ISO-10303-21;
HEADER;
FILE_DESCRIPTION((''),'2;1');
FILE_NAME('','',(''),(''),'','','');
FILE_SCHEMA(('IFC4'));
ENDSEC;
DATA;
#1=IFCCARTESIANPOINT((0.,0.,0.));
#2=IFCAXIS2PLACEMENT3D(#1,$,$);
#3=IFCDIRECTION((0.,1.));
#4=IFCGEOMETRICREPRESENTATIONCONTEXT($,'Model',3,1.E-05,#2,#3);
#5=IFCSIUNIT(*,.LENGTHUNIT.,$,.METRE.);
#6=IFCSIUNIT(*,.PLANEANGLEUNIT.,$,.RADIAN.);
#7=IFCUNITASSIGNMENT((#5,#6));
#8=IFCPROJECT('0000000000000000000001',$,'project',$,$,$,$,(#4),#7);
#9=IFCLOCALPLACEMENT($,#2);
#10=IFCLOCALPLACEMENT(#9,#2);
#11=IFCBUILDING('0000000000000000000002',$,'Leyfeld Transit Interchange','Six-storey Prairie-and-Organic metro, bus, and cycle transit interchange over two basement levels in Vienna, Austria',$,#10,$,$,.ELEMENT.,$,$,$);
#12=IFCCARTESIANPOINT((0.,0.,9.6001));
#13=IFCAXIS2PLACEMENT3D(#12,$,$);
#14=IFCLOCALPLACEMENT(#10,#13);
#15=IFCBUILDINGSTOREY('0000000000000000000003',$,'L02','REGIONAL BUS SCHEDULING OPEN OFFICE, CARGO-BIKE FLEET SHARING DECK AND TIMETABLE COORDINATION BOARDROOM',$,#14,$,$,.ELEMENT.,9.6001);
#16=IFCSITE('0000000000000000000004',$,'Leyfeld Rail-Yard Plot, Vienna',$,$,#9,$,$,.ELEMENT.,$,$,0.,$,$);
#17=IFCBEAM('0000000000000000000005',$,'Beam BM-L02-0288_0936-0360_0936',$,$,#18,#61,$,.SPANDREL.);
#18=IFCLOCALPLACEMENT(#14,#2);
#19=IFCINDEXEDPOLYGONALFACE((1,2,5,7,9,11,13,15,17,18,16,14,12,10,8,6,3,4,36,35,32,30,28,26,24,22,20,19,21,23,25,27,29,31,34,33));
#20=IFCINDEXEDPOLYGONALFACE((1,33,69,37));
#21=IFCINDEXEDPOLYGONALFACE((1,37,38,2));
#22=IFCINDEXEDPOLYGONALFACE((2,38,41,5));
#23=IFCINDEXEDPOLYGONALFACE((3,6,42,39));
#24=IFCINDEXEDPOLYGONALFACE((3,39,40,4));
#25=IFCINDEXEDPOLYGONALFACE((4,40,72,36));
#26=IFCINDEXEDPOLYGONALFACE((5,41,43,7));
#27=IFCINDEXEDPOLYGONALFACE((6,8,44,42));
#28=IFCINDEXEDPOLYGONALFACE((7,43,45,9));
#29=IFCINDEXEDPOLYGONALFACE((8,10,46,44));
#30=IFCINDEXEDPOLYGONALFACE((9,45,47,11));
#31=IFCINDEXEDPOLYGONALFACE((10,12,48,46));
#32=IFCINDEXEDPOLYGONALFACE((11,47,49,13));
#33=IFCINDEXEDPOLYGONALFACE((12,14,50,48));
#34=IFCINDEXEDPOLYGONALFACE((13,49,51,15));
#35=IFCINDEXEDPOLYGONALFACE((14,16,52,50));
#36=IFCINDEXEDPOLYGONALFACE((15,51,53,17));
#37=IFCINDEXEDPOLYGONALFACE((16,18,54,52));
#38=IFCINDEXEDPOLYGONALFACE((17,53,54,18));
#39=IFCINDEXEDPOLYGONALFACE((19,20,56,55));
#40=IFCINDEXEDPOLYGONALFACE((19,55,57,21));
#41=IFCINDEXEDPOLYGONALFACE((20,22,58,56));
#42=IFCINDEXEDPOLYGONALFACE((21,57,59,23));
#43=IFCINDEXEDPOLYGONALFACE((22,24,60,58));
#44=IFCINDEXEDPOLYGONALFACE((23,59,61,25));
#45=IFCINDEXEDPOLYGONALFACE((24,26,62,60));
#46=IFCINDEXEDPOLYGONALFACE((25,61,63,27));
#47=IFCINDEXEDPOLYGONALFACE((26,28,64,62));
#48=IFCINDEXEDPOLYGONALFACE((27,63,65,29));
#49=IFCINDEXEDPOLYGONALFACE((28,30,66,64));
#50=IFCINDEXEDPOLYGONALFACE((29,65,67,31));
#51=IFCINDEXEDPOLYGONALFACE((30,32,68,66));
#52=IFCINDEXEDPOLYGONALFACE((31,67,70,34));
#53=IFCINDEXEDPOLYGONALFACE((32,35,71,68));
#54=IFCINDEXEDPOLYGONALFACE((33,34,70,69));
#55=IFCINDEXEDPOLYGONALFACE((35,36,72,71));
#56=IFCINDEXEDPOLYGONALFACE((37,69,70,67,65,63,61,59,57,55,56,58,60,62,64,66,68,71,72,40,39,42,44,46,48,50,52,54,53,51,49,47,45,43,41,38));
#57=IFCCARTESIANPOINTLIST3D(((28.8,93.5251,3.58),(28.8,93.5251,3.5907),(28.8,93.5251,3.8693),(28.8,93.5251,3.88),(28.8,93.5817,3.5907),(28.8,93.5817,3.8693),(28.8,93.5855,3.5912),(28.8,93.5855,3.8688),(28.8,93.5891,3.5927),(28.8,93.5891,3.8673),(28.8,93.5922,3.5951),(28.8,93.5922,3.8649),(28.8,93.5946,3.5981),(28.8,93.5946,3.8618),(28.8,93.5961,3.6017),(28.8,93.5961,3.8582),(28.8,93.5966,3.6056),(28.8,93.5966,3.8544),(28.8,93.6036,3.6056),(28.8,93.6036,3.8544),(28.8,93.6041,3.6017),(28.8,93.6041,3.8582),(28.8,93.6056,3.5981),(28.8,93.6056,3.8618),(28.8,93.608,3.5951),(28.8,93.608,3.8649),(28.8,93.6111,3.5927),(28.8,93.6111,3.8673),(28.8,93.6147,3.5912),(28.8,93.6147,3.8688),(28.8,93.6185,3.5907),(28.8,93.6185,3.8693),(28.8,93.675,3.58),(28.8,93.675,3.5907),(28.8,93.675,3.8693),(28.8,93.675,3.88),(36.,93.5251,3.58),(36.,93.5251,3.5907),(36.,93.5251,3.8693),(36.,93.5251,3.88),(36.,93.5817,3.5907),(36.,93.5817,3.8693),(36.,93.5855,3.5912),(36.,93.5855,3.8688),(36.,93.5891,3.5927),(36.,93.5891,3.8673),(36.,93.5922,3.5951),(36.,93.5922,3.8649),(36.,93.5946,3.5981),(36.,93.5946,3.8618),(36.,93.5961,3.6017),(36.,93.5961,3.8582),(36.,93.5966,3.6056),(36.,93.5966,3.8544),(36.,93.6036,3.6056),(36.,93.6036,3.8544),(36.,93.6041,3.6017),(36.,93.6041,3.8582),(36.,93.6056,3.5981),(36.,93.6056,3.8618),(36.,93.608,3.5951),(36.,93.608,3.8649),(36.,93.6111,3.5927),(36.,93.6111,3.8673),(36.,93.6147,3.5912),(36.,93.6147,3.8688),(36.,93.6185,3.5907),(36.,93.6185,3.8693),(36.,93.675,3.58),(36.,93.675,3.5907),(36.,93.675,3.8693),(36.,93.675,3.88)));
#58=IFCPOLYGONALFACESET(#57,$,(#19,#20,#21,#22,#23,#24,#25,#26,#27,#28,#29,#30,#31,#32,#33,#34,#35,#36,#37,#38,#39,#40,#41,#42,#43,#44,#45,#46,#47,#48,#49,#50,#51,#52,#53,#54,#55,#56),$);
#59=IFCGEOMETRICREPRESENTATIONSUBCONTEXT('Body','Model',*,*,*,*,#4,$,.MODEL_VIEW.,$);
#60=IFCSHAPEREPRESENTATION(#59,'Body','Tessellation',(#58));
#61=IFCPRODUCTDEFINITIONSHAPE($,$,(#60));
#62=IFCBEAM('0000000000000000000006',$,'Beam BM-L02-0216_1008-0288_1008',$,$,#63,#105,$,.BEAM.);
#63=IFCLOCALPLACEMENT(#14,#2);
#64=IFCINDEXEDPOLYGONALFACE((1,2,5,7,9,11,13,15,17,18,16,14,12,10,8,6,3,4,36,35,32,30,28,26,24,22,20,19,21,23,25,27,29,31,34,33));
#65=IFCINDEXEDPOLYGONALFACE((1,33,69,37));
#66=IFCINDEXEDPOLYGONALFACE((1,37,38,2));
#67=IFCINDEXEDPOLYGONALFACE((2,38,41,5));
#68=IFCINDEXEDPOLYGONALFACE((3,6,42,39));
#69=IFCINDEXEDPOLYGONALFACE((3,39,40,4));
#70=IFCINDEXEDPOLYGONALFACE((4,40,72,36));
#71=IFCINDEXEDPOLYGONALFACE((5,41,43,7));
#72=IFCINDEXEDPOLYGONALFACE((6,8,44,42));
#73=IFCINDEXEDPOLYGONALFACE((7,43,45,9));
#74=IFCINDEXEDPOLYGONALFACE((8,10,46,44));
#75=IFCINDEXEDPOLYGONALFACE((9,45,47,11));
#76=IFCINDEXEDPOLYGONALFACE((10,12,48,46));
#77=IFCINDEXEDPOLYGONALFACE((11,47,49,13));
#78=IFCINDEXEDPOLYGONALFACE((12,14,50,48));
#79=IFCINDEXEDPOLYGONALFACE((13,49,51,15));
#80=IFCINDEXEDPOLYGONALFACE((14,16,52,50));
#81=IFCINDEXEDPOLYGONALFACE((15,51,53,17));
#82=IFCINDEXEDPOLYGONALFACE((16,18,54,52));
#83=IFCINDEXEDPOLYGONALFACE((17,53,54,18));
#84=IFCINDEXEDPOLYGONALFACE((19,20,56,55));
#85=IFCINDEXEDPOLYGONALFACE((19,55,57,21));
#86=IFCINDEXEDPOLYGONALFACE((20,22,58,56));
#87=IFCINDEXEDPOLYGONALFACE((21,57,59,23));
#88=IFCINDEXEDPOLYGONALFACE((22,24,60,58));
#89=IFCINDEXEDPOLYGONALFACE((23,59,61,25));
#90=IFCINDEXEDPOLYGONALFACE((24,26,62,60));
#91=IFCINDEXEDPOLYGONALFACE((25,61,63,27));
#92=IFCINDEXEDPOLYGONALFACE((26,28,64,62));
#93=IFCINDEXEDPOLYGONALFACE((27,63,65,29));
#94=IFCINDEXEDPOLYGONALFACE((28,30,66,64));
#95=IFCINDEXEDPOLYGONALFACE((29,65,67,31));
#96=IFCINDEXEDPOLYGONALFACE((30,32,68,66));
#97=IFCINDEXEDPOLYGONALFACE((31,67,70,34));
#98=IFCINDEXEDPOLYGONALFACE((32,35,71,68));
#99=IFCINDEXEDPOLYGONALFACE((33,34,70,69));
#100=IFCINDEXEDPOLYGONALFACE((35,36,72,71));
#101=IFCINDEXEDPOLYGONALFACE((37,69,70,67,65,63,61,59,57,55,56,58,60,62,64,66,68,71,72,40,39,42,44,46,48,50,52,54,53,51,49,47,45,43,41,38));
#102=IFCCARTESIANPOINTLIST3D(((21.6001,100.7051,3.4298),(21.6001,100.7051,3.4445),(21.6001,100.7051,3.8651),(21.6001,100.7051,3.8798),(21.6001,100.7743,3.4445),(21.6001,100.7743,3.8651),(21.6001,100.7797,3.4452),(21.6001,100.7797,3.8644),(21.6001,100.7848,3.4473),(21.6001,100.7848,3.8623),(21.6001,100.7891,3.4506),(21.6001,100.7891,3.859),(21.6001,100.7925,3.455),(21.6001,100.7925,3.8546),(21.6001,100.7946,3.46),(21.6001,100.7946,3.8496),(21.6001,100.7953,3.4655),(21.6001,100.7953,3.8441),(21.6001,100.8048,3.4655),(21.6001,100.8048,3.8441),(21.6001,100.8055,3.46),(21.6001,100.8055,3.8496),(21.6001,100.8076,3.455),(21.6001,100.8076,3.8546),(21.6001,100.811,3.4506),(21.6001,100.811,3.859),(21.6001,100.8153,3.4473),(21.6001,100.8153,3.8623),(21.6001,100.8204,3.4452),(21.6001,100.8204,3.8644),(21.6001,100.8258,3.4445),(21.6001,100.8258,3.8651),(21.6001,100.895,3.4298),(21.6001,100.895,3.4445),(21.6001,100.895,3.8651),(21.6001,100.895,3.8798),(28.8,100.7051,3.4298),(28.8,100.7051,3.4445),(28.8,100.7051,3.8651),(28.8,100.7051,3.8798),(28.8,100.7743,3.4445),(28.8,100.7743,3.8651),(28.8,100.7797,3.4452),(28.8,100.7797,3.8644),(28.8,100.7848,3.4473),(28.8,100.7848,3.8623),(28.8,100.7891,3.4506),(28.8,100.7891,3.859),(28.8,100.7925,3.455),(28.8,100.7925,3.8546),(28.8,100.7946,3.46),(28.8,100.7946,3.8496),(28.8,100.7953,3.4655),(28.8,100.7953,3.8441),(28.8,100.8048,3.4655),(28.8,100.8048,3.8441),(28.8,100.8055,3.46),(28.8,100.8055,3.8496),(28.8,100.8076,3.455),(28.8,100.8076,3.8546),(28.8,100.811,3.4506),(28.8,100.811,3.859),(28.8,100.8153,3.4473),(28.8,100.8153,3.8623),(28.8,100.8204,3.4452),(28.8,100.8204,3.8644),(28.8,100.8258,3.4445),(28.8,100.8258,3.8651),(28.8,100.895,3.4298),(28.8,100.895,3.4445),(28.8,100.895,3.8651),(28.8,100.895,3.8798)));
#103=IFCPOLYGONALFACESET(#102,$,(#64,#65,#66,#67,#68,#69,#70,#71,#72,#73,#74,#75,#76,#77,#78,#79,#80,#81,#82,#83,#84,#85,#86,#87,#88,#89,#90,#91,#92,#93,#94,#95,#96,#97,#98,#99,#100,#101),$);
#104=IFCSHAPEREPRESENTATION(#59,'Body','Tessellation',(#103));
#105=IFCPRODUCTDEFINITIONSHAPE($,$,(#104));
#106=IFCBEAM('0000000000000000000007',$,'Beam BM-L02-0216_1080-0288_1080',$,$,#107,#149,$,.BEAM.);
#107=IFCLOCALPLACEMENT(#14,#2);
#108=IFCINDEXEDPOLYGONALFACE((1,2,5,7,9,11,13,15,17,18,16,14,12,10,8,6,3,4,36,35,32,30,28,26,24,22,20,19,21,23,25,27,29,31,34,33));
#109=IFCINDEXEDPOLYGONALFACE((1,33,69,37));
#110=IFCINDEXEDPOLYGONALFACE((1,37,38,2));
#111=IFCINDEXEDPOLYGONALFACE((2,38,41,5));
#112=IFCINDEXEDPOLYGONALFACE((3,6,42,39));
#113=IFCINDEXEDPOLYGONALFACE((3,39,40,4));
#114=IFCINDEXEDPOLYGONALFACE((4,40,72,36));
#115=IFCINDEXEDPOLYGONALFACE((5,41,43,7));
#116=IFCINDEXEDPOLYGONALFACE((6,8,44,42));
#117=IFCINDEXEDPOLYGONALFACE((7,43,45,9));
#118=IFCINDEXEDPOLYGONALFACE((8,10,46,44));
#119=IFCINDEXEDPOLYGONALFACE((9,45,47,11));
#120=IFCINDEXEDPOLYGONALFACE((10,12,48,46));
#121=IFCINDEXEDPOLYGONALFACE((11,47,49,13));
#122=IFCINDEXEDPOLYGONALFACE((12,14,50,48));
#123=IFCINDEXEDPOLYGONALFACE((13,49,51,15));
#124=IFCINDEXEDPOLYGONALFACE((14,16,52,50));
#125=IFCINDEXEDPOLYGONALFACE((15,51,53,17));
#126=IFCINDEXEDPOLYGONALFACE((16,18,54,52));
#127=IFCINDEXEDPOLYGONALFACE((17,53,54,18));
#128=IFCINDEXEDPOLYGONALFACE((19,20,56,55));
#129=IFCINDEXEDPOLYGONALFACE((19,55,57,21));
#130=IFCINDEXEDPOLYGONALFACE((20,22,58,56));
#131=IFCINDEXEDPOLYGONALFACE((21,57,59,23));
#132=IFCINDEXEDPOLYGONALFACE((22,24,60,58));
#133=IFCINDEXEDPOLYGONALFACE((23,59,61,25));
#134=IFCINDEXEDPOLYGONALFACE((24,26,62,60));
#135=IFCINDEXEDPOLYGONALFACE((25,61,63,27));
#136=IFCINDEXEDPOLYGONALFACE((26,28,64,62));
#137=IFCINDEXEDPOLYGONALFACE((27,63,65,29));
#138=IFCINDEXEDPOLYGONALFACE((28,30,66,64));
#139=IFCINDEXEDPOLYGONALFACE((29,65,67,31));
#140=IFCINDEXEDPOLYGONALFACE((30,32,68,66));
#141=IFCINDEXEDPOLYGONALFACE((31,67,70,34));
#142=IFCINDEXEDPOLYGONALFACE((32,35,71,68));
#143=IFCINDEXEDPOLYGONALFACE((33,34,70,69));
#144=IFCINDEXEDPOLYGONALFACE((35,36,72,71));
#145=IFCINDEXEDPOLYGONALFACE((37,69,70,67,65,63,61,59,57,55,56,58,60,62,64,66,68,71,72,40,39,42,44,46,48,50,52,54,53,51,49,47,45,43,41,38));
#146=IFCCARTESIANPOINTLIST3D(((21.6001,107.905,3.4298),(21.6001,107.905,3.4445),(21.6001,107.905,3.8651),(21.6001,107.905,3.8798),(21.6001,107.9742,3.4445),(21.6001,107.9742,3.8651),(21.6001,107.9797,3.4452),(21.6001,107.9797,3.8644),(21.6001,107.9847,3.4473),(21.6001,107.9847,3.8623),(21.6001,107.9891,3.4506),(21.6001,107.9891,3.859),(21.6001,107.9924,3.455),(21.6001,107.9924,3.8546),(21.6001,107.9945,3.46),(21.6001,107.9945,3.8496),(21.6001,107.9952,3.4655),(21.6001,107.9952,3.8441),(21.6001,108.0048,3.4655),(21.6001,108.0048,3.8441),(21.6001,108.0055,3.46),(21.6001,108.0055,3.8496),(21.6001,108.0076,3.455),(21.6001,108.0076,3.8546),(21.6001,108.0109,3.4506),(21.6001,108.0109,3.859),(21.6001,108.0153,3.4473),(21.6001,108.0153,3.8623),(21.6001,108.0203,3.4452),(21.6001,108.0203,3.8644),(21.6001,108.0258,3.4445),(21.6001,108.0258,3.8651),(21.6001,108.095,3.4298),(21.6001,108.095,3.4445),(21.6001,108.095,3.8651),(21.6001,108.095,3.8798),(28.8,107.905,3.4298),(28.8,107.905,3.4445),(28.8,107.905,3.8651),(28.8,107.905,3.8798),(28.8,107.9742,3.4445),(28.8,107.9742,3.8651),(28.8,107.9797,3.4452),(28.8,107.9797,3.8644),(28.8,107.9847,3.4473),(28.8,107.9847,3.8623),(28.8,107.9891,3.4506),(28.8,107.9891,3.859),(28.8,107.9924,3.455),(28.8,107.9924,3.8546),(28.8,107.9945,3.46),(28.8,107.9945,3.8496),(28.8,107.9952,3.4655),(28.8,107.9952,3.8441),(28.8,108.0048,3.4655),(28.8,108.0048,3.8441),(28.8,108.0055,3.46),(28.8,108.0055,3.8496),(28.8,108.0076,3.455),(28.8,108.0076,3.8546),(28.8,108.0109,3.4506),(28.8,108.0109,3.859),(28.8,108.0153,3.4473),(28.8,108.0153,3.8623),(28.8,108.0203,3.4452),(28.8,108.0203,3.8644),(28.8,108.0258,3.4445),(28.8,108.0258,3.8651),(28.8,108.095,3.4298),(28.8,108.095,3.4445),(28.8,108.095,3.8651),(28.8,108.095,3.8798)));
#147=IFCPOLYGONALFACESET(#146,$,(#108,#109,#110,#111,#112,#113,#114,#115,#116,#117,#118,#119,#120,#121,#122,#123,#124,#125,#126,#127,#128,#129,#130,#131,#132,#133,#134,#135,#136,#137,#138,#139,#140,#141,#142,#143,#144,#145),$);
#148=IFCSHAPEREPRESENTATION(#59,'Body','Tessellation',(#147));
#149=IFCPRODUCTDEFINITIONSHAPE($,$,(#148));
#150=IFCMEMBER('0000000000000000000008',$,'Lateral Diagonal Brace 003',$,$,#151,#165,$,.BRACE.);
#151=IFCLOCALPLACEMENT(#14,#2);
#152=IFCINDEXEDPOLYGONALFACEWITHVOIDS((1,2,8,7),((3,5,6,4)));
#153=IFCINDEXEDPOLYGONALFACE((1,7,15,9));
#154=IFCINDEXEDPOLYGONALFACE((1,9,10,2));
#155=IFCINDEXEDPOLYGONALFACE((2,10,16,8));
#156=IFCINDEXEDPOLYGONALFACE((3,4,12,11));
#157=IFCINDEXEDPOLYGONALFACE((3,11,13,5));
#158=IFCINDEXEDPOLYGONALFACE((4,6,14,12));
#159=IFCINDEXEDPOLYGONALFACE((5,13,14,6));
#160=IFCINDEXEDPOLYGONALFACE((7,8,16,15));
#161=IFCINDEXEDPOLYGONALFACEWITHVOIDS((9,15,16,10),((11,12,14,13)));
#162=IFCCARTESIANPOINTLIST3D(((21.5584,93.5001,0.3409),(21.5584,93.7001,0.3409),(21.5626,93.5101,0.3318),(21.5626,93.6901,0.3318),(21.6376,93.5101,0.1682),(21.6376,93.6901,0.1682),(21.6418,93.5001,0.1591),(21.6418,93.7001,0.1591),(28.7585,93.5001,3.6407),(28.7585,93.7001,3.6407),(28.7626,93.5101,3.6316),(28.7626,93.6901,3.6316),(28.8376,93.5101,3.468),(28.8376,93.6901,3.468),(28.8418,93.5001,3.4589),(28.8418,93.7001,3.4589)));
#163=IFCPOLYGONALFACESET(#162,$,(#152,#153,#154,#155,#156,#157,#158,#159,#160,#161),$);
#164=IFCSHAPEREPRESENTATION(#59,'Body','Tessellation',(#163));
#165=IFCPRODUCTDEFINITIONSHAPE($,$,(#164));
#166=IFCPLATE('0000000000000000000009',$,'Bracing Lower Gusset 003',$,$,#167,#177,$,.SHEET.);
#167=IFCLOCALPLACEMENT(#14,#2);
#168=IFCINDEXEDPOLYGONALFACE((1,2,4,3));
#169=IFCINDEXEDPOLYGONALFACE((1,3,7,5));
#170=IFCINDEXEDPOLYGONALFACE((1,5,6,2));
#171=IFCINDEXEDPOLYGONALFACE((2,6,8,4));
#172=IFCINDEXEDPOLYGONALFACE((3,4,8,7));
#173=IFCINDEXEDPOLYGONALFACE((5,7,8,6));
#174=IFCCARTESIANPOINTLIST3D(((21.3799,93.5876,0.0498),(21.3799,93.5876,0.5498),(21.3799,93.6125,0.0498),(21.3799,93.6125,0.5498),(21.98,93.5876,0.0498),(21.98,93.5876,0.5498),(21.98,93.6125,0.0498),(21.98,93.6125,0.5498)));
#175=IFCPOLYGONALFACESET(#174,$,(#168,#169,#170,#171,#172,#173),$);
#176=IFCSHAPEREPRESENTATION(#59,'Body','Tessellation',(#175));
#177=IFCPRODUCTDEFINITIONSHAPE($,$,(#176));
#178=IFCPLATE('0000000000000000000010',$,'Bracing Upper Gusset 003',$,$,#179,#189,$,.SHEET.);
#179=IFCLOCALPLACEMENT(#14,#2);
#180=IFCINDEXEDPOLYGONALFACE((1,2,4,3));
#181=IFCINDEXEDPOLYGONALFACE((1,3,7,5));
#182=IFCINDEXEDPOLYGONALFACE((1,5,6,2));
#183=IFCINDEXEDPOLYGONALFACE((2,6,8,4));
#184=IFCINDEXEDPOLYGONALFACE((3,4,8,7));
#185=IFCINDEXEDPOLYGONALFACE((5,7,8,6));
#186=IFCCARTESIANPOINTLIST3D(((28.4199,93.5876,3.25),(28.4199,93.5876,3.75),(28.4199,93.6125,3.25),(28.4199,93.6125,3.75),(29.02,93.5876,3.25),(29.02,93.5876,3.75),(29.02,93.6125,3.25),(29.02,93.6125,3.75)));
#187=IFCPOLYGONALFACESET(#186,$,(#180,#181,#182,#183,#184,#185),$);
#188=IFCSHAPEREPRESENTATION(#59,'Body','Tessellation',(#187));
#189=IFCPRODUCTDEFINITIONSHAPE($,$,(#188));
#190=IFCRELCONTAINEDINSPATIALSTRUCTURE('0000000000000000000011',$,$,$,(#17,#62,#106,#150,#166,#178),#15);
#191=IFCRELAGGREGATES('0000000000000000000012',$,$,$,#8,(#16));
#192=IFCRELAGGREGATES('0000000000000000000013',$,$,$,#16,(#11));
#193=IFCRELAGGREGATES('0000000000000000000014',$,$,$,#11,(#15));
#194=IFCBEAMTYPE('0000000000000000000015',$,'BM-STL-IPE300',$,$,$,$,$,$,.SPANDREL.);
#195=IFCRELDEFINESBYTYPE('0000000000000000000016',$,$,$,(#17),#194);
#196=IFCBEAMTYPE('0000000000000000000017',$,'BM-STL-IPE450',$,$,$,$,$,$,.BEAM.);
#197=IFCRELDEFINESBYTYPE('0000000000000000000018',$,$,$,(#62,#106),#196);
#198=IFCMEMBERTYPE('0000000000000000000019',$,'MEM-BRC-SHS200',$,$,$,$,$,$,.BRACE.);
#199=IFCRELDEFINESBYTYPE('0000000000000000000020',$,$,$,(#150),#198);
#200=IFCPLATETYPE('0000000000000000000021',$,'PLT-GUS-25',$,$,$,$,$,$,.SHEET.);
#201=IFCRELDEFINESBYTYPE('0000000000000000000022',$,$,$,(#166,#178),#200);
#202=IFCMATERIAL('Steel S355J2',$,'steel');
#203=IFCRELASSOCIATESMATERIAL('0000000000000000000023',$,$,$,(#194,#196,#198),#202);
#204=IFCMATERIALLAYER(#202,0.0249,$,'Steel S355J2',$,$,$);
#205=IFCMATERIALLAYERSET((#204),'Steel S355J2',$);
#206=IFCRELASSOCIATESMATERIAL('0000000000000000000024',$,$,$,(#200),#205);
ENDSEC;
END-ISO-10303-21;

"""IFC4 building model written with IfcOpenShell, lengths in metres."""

from ifc_helpers import new_model, si_unit, direction, frame, origin, origin_2d, place, context, subcontext, project, spatial, rectangle, hollow_rectangle, i_section, extrude, material, layer, layer_set, material_profile, profile_set, type_object, element, save


model = new_model("IFC4")

# Units and contexts
model_context = context("Model", 3, precision=1e-05, world=origin(), true_north=direction((0.0, 1.0)))
body_context = subcontext(model_context, "Body", "Model", "MODEL_VIEW")
ifc_project = project(units=[si_unit("LENGTHUNIT", "METRE"), si_unit("PLANEANGLEUNIT", "RADIAN")], contexts=[model_context])

# Site, building, storey
site_placement = place(None, origin())
site = spatial("IfcSite", under=ifc_project, at=site_placement, Name="Leyfeld Rail-Yard Plot, Vienna", CompositionType="ELEMENT", RefElevation=0.0)
building_placement = place(site_placement, origin())
building = spatial("IfcBuilding", under=site, at=building_placement, Name="Leyfeld Transit Interchange", Description="Six-storey Prairie-and-Organic metro, bus, and cycle transit interchange over two basement levels in Vienna, Austria", CompositionType="ELEMENT")
storey_placement = place(building_placement, frame((0.0, 0.0, 9.6001)))
storey = spatial("IfcBuildingStorey", under=building, at=storey_placement, Name="L02", Description="REGIONAL BUS SCHEDULING OPEN OFFICE, CARGO-BIKE FLEET SHARING DECK AND TIMETABLE COORDINATION BOARDROOM", CompositionType="ELEMENT", Elevation=9.6001)

# Beams
ifc_material_1 = material(Name="Steel S355J2", Category="steel")
ifc_material_profile_1 = material_profile(ifc_material_1, i_section(OverallWidth=0.1499, OverallDepth=0.3, WebThickness=0.0071, FlangeThickness=0.0107, FilletRadius=0.0149, at=origin_2d()), Name="IPE 300")
ifc_profile_set_1 = profile_set([ifc_material_profile_1], Name="Steel S355J2")
beam_type_1 = type_object("IfcBeamType", Name="BM-STL-IPE300", PredefinedType="SPANDREL", material=ifc_profile_set_1)
for number, where, z_axis, x_axis, name in (
    (1, (28.8, 93.6001, 3.73), (1.0, 0.0, 0.0), (0.0, 1.0, 0.0), "Beam BM-L02-0288_0936-0360_0936"),
):
    element("IfcBeam", number, at=place(storey_placement, frame(where, z_axis=z_axis, x_axis=x_axis)), inside=storey, type_object=beam_type_1, Name=name, PredefinedType="SPANDREL", context=body_context, shape_type="SweptSolid", body=[
        extrude(i_section(OverallWidth=0.1499, OverallDepth=0.3, WebThickness=0.0071, FlangeThickness=0.0107, FilletRadius=0.0149, at=origin_2d()), origin(), (0.0, 0.0, 1.0), 7.2),
    ])
ifc_material_profile_2 = material_profile(ifc_material_1, i_section(OverallWidth=0.1899, OverallDepth=0.45, WebThickness=0.0095, FlangeThickness=0.0146, FilletRadius=0.021, at=origin_2d()), Name="IPE 450")
ifc_profile_set_2 = profile_set([ifc_material_profile_2], Name="Steel S355J2")
beam_type_2 = type_object("IfcBeamType", Name="BM-STL-IPE450", PredefinedType="BEAM", material=ifc_profile_set_2)
for number, where, z_axis, x_axis, name in (
    (2, (21.6001, 100.8, 3.6548), (1.0, 0.0, 0.0), (0.0, 1.0, 0.0), "Beam BM-L02-0216_1008-0288_1008"),
    (3, (21.6001, 108.0, 3.6548), (1.0, 0.0, 0.0), (0.0, 1.0, 0.0), "Beam BM-L02-0216_1080-0288_1080"),
):
    element("IfcBeam", number, at=place(storey_placement, frame(where, z_axis=z_axis, x_axis=x_axis)), inside=storey, type_object=beam_type_2, Name=name, PredefinedType="BEAM", context=body_context, shape_type="SweptSolid", body=[
        extrude(i_section(OverallWidth=0.1899, OverallDepth=0.45, WebThickness=0.0095, FlangeThickness=0.0146, FilletRadius=0.021, at=origin_2d()), origin(), (0.0, 0.0, 1.0), 7.2),
    ])

# Member
ifc_material_profile_3 = material_profile(ifc_material_1, hollow_rectangle(XDim=0.2, YDim=0.2, WallThickness=0.01, at=origin_2d()), Name="SHS 200x200x10")
ifc_profile_set_3 = profile_set([ifc_material_profile_3], Name="Steel S355J2")
member_type = type_object("IfcMemberType", Name="MEM-BRC-SHS200", PredefinedType="BRACE", material=ifc_profile_set_3)
member_placement = place(storey_placement, frame((21.6001, 93.6001, 0.25), z_axis=(0.909073, 0.0, 0.416637), x_axis=(0.0, 1.0, 0.0)))
element("IfcMember", 4, at=member_placement, inside=storey, type_object=member_type, Name="Lateral Diagonal Brace 003", PredefinedType="BRACE", context=body_context, shape_type="SweptSolid", body=[
    extrude(hollow_rectangle(XDim=0.2, YDim=0.2, WallThickness=0.01, at=origin_2d()), origin(), (0.0, 0.0, 1.0), 7.9202),
])

# Plates
ifc_layer_1 = layer(ifc_material_1, 0.0249, Name="Steel S355J2")
ifc_layer_set_1 = layer_set([ifc_layer_1], Name="Steel S355J2")
plate_type = type_object("IfcPlateType", Name="PLT-GUS-25", PredefinedType="SHEET", material=ifc_layer_set_1)
for number, where, z_axis, x_axis, name in (
    (5, (21.6799, 93.6001, 0.0498), (0.0, 0.0, 1.0), (1.0, 0.0, 0.0), "Bracing Lower Gusset 003"),
    (6, (28.72, 93.6001, 3.25), (0.0, 0.0, 1.0), (1.0, 0.0, 0.0), "Bracing Upper Gusset 003"),
):
    element("IfcPlate", number, at=place(storey_placement, frame(where, z_axis=z_axis, x_axis=x_axis)), inside=storey, type_object=plate_type, Name=name, PredefinedType="SHEET", context=body_context, shape_type="SweptSolid", body=[
        extrude(rectangle(XDim=0.6001, YDim=0.0249, at=origin_2d()), origin(), (0.0, 0.0, 1.0), 0.5),
    ])

save(model, "model.ifc")
